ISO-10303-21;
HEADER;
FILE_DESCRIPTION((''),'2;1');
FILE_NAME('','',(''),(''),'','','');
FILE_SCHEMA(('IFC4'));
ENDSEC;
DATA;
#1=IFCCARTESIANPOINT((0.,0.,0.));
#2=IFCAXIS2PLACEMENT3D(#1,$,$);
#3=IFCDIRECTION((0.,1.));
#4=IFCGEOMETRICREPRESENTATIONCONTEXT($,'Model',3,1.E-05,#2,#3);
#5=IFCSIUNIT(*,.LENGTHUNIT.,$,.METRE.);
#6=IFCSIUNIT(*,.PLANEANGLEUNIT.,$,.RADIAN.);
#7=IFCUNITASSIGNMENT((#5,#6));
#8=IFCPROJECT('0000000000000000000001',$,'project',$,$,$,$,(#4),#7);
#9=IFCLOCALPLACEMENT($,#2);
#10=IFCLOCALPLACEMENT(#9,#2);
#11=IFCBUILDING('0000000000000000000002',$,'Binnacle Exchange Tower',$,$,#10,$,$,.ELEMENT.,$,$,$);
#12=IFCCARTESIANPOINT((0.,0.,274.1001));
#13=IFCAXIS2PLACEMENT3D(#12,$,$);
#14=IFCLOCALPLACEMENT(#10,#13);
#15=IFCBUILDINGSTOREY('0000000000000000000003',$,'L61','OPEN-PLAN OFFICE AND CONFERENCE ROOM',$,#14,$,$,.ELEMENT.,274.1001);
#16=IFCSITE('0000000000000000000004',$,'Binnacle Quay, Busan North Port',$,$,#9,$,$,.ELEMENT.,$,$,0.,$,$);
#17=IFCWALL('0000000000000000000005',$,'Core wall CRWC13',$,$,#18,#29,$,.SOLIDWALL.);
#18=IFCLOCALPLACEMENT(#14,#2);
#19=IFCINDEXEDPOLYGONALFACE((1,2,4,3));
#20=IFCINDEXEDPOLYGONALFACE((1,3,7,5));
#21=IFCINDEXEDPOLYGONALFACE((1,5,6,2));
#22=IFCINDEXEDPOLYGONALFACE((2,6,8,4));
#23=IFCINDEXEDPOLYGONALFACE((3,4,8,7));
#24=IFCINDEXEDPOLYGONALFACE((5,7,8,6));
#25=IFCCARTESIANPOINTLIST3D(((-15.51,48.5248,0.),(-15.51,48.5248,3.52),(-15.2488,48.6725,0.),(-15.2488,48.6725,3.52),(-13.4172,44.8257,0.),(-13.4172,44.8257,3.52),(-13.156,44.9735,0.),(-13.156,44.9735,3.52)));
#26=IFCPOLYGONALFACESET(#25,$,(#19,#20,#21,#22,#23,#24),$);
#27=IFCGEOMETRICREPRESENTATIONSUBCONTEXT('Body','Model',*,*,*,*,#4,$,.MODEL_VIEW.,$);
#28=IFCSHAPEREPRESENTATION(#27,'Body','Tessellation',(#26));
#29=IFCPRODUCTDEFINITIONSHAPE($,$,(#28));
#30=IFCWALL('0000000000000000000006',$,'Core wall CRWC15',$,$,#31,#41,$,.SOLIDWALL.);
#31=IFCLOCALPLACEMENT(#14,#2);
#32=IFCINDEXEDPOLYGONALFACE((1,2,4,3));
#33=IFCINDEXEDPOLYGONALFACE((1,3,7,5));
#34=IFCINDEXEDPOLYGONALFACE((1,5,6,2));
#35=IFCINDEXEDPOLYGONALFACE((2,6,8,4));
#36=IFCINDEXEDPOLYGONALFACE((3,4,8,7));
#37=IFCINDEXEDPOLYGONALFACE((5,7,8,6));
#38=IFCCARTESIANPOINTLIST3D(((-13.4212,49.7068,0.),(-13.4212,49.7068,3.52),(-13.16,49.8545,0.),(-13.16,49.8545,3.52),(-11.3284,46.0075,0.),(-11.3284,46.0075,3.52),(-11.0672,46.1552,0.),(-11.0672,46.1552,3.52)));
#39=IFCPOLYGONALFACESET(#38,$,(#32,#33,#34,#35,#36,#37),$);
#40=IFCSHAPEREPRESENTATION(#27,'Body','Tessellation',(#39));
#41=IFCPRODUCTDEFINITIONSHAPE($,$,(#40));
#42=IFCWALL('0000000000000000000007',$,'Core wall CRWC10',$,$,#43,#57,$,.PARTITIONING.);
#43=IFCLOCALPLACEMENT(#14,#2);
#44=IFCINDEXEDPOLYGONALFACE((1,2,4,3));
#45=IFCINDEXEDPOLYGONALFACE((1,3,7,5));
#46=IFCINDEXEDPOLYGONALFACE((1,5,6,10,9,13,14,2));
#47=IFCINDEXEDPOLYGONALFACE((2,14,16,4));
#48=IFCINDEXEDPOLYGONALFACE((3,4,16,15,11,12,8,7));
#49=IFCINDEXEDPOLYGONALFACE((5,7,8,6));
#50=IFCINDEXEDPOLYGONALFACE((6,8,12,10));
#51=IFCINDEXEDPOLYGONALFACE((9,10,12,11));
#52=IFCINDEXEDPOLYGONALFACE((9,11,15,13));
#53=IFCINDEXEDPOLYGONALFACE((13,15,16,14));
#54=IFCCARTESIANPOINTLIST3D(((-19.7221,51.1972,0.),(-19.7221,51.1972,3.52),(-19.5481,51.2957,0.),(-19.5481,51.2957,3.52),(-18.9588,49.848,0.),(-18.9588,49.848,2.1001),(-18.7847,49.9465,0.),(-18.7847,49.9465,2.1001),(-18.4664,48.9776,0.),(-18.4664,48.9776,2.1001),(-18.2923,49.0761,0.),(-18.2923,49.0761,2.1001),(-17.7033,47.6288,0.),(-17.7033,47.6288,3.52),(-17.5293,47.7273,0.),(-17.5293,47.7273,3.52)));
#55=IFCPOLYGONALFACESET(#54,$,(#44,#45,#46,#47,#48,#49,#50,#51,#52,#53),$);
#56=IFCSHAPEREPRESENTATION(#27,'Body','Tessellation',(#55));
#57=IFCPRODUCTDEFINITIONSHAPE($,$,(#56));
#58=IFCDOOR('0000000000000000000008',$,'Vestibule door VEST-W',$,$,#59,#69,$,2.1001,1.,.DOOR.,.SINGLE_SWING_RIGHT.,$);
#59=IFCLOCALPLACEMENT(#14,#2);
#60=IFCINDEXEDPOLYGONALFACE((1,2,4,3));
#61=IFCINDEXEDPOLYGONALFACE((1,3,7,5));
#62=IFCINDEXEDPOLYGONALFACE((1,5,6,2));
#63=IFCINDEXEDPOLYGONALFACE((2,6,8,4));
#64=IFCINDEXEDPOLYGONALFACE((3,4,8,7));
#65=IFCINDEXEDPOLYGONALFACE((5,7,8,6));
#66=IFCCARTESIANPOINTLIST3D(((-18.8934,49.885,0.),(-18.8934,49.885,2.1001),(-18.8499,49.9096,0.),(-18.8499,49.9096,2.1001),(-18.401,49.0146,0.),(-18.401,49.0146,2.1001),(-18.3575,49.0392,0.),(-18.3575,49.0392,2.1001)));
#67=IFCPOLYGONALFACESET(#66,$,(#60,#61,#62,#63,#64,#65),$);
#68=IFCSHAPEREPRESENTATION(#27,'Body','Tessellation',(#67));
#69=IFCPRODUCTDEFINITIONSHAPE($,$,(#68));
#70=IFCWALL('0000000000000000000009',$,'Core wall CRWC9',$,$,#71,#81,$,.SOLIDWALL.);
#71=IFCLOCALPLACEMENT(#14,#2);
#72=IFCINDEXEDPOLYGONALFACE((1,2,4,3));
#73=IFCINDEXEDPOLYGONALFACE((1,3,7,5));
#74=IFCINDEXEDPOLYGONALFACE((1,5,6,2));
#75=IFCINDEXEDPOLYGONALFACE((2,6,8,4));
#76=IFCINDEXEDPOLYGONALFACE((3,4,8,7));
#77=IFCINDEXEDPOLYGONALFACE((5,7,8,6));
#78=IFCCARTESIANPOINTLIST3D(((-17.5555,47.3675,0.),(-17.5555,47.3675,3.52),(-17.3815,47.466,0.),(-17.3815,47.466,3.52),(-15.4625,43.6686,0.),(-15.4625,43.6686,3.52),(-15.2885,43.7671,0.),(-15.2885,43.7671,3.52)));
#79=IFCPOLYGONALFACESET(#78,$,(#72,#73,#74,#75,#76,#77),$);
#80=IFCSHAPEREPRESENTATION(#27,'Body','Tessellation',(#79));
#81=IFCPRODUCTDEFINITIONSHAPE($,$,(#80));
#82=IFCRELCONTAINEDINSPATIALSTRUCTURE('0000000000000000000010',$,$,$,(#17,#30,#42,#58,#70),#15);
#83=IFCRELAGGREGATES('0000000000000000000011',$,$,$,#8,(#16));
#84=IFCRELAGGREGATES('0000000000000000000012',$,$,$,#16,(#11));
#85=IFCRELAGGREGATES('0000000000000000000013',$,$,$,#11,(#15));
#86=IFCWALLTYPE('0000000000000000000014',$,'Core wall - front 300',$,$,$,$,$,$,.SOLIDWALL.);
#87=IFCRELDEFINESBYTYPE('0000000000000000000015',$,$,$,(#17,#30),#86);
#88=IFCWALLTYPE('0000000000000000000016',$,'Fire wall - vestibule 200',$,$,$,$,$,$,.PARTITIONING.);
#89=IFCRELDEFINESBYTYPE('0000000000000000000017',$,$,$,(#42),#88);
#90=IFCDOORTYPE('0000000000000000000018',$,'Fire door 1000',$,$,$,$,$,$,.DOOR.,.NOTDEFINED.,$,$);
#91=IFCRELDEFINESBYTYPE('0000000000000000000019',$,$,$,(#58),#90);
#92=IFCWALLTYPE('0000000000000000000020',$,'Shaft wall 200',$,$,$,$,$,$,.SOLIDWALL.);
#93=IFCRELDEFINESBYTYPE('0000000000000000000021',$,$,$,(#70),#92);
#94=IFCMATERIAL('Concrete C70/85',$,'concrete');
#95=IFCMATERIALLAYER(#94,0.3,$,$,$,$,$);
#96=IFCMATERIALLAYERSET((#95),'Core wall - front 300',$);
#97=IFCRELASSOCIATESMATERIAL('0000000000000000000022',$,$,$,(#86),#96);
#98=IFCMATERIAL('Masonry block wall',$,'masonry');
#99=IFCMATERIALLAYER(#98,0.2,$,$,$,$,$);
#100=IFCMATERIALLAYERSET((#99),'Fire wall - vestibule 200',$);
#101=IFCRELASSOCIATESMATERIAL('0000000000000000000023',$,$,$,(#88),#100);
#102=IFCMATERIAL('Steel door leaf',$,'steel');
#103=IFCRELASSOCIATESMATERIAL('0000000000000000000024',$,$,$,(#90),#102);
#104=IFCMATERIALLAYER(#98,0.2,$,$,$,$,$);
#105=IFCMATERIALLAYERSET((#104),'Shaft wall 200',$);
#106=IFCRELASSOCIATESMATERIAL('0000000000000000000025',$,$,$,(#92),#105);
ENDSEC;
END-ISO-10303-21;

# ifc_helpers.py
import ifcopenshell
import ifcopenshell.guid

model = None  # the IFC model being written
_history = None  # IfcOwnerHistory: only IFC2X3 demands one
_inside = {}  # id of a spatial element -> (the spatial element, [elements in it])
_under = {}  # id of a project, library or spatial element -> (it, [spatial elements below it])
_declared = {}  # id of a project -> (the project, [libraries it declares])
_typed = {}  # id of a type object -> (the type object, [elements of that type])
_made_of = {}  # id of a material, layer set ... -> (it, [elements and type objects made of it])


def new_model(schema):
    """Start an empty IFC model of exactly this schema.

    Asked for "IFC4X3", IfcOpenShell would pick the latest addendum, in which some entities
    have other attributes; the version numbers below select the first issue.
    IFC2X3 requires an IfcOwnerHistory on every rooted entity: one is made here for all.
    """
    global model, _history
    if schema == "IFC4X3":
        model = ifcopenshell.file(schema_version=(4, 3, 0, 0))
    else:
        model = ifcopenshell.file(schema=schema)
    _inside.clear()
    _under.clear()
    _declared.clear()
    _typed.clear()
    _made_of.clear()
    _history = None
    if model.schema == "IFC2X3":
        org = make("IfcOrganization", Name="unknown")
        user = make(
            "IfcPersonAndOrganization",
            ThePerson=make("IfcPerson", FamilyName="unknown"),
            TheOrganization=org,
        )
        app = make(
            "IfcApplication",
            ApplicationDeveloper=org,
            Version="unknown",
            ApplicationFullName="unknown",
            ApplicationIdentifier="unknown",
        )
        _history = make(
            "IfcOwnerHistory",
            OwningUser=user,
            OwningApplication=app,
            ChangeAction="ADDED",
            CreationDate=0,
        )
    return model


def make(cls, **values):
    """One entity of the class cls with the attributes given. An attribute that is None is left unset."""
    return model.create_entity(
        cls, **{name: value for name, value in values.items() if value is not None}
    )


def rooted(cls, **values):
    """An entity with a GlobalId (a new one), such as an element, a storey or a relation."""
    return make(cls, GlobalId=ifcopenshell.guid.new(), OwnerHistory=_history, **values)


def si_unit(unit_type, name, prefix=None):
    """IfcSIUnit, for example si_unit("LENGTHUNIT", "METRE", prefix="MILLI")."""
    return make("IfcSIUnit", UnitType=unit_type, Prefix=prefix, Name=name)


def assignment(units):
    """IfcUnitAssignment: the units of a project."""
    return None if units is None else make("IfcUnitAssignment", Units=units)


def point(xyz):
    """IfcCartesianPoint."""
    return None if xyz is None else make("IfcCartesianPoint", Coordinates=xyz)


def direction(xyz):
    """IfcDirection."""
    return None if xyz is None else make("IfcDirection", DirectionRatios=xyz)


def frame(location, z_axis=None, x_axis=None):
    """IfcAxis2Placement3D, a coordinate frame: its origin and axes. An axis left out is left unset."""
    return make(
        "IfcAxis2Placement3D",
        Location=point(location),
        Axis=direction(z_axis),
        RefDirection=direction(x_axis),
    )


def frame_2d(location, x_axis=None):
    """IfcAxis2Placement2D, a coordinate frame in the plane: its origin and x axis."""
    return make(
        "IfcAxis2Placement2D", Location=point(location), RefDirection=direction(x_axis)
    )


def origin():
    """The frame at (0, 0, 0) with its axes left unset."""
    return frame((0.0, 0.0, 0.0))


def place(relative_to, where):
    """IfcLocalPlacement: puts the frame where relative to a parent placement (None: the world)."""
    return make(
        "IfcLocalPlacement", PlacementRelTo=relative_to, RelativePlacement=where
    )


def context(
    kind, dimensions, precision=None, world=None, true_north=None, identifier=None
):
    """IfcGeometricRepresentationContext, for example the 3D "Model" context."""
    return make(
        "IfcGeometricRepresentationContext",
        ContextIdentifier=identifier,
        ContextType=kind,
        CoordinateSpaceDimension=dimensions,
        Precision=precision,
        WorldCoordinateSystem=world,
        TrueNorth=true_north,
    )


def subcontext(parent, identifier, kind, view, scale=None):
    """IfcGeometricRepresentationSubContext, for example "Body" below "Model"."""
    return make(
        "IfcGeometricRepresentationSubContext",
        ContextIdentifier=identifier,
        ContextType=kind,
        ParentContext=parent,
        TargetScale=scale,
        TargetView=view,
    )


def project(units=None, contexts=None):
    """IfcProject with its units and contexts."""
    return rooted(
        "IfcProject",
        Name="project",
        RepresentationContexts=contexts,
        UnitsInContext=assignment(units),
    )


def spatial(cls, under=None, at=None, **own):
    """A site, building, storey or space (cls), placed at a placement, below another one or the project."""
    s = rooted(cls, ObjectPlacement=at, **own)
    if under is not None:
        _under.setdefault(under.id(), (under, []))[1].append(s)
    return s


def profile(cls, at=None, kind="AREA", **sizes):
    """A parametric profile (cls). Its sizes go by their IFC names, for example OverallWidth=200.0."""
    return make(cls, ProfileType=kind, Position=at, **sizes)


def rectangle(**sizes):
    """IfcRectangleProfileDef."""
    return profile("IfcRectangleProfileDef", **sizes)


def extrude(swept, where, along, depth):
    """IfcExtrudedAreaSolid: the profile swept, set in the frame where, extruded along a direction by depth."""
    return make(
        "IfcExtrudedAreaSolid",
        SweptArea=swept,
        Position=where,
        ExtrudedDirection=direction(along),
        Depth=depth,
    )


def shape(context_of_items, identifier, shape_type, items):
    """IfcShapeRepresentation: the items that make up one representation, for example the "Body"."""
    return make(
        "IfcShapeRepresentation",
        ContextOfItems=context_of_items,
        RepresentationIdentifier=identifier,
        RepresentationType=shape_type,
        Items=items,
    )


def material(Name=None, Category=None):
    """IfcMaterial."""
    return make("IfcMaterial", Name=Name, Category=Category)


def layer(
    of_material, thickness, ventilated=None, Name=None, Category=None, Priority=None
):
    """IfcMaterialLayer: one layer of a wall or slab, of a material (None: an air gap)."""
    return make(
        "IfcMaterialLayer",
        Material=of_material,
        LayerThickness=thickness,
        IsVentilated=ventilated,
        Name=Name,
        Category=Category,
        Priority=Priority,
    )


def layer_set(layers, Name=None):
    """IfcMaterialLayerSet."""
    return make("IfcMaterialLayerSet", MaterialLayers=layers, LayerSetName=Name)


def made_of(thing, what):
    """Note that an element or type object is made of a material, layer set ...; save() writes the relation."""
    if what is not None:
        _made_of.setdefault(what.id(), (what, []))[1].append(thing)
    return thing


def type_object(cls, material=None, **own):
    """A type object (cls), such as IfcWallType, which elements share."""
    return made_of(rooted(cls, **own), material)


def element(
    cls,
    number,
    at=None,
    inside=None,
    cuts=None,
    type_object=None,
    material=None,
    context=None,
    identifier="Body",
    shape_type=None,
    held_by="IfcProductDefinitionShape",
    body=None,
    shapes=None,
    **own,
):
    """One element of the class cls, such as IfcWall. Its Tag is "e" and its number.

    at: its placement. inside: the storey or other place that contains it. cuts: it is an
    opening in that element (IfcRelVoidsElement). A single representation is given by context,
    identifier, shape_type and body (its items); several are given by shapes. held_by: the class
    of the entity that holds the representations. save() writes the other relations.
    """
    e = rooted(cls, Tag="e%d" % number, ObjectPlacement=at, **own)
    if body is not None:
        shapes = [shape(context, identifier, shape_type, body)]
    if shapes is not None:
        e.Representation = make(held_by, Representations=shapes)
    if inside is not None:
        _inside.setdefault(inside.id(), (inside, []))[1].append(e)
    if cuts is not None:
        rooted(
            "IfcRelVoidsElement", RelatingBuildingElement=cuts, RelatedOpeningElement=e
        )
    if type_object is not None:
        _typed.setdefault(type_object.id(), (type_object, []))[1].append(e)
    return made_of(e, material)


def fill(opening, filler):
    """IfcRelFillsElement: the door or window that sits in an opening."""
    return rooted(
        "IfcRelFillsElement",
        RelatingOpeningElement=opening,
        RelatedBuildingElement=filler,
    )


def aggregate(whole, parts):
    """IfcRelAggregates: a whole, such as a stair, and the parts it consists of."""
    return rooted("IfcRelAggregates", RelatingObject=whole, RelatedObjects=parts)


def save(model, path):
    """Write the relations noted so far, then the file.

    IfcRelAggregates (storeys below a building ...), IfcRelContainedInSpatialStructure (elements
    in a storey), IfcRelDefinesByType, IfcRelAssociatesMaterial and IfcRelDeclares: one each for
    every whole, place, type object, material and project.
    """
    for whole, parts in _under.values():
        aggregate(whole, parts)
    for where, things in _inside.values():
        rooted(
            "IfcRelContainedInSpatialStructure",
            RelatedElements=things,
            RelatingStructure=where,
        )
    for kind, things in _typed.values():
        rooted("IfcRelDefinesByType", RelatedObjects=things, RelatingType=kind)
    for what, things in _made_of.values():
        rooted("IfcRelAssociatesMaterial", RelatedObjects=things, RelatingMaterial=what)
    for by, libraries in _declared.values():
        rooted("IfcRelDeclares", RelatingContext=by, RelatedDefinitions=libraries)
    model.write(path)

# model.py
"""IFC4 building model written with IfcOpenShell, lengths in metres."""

from ifc_helpers import new_model, si_unit, direction, frame, frame_2d, origin, place, context, subcontext, project, spatial, rectangle, extrude, material, layer, layer_set, type_object, element, fill, save


model = new_model("IFC4")

# Units and contexts
model_context = context("Model", 3, precision=1e-05, world=origin(), true_north=direction((0.0, 1.0)))
body_context = subcontext(model_context, "Body", "Model", "MODEL_VIEW")
ifc_project = project(units=[si_unit("LENGTHUNIT", "METRE"), si_unit("PLANEANGLEUNIT", "RADIAN")], contexts=[model_context])

# Site, building, storey
site_placement = place(None, origin())
site = spatial("IfcSite", under=ifc_project, at=site_placement, Name="Binnacle Quay, Busan North Port", CompositionType="ELEMENT", RefElevation=0.0)
building_placement = place(site_placement, origin())
building = spatial("IfcBuilding", under=site, at=building_placement, Name="Binnacle Exchange Tower", CompositionType="ELEMENT")
storey_placement = place(building_placement, frame((0.0, 0.0, 274.1001)))
storey = spatial("IfcBuildingStorey", under=building, at=storey_placement, Name="L61", Description="OPEN-PLAN OFFICE AND CONFERENCE ROOM", CompositionType="ELEMENT", Elevation=274.1001)

# Shared definitions
ifc_material_1 = material(Name="Concrete C70/85", Category="concrete")
ifc_layer_1 = layer(ifc_material_1, 0.3)
ifc_layer_set_1 = layer_set([ifc_layer_1], Name="Core wall - front 300")
wall_type_1 = type_object("IfcWallType", Name="Core wall - front 300", PredefinedType="SOLIDWALL", material=ifc_layer_set_1)
ifc_material_2 = material(Name="Steel door leaf", Category="steel")

# Walls
wall_1_placement = place(storey_placement, frame((-15.3794, 48.5986, 0.0), z_axis=(0.0, 0.0, 1.0), x_axis=(0.492423, -0.870356, 0.0)))
element("IfcWall", 1, at=wall_1_placement, inside=storey, type_object=wall_type_1, Name="Core wall CRWC13", PredefinedType="SOLIDWALL", context=body_context, shape_type="SweptSolid", body=[
    extrude(rectangle(XDim=4.25, YDim=0.3, at=frame_2d((2.125, 0.0))), origin(), (0.0, 0.0, 1.0), 3.52),
])
wall_2_placement = place(storey_placement, frame((-13.2905, 49.7805, 0.0), z_axis=(0.0, 0.0, 1.0), x_axis=(0.492398, -0.87037, 0.0)))
element("IfcWall", 2, at=wall_2_placement, inside=storey, type_object=wall_type_1, Name="Core wall CRWC15", PredefinedType="SOLIDWALL", context=body_context, shape_type="SweptSolid", body=[
    extrude(rectangle(XDim=4.2502, YDim=0.3, at=frame_2d((2.125, 0.0))), origin(), (0.0, 0.0, 1.0), 3.52),
])

# Wall, opening, door
ifc_material_3 = material(Name="Masonry block wall", Category="masonry")
ifc_layer_2 = layer(ifc_material_3, 0.2)
ifc_layer_set_2 = layer_set([ifc_layer_2], Name="Fire wall - vestibule 200")
wall_type_2 = type_object("IfcWallType", Name="Fire wall - vestibule 200", PredefinedType="PARTITIONING", material=ifc_layer_set_2)
wall_3_placement = place(storey_placement, frame((-19.635, 51.2463, 0.0), z_axis=(0.0, 0.0, 1.0), x_axis=(0.492408, -0.870364, 0.0)))
wall_3 = element("IfcWall", 3, at=wall_3_placement, inside=storey, type_object=wall_type_2, Name="Core wall CRWC10", PredefinedType="PARTITIONING", context=body_context, shape_type="SweptSolid", body=[
    extrude(rectangle(XDim=4.0999, YDim=0.2, at=frame_2d((2.0498, 0.0))), origin(), (0.0, 0.0, 1.0), 3.52),
])
opening_1_placement = place(wall_3_placement, frame((1.55, 0.0, 0.0)))
opening_1 = element("IfcOpeningElement", 4, at=opening_1_placement, cuts=wall_3, PredefinedType="OPENING", context=body_context, shape_type="SweptSolid", body=[
    extrude(rectangle(XDim=1.0, YDim=2.1001, at=frame_2d((0.5, 1.05))), frame((0.0, 0.1099, 0.0), z_axis=(0.0, -1.0, 0.0), x_axis=(1.0, 0.0, 0.0)), (0.0, 0.0, 1.0), 0.22),
])
door_type_1 = type_object("IfcDoorType", Name="Fire door 1000", OperationType="NOTDEFINED", PredefinedType="DOOR", material=ifc_material_2)
door_1_placement = place(opening_1_placement, frame((1.0, 0.0, 0.0), z_axis=(0.0, 0.0, 1.0), x_axis=(-1.0, 0.0, 0.0)))
door_1 = element("IfcDoor", 5, at=door_1_placement, inside=storey, type_object=door_type_1, Name="Vestibule door VEST-W", OperationType="SINGLE_SWING_RIGHT", OverallHeight=2.1001, OverallWidth=1.0, PredefinedType="DOOR", context=body_context, shape_type="SweptSolid", body=[
    extrude(rectangle(XDim=1.0, YDim=2.1001, at=frame_2d((0.5, 1.05))), frame((0.0, 0.0249, 0.0), z_axis=(0.0, -1.0, 0.0), x_axis=(1.0, 0.0, 0.0)), (0.0, 0.0, 1.0), 0.05),
])
fill(opening_1, door_1)

# Wall
ifc_layer_3 = layer(ifc_material_3, 0.2)
ifc_layer_set_3 = layer_set([ifc_layer_3], Name="Shaft wall 200")
wall_type_3 = type_object("IfcWallType", Name="Shaft wall 200", PredefinedType="SOLIDWALL", material=ifc_layer_set_3)
wall_4_placement = place(storey_placement, frame((-17.4685, 47.4167, 0.0), z_axis=(0.0, 0.0, 1.0), x_axis=(0.492466, -0.870332, 0.0)))
element("IfcWall", 6, at=wall_4_placement, inside=storey, type_object=wall_type_3, Name="Core wall CRWC9", PredefinedType="SOLIDWALL", context=body_context, shape_type="SweptSolid", body=[
    extrude(rectangle(XDim=4.25, YDim=0.2, at=frame_2d((2.125, 0.0))), origin(), (0.0, 0.0, 1.0), 3.52),
])

save(model, "model.ifc")
